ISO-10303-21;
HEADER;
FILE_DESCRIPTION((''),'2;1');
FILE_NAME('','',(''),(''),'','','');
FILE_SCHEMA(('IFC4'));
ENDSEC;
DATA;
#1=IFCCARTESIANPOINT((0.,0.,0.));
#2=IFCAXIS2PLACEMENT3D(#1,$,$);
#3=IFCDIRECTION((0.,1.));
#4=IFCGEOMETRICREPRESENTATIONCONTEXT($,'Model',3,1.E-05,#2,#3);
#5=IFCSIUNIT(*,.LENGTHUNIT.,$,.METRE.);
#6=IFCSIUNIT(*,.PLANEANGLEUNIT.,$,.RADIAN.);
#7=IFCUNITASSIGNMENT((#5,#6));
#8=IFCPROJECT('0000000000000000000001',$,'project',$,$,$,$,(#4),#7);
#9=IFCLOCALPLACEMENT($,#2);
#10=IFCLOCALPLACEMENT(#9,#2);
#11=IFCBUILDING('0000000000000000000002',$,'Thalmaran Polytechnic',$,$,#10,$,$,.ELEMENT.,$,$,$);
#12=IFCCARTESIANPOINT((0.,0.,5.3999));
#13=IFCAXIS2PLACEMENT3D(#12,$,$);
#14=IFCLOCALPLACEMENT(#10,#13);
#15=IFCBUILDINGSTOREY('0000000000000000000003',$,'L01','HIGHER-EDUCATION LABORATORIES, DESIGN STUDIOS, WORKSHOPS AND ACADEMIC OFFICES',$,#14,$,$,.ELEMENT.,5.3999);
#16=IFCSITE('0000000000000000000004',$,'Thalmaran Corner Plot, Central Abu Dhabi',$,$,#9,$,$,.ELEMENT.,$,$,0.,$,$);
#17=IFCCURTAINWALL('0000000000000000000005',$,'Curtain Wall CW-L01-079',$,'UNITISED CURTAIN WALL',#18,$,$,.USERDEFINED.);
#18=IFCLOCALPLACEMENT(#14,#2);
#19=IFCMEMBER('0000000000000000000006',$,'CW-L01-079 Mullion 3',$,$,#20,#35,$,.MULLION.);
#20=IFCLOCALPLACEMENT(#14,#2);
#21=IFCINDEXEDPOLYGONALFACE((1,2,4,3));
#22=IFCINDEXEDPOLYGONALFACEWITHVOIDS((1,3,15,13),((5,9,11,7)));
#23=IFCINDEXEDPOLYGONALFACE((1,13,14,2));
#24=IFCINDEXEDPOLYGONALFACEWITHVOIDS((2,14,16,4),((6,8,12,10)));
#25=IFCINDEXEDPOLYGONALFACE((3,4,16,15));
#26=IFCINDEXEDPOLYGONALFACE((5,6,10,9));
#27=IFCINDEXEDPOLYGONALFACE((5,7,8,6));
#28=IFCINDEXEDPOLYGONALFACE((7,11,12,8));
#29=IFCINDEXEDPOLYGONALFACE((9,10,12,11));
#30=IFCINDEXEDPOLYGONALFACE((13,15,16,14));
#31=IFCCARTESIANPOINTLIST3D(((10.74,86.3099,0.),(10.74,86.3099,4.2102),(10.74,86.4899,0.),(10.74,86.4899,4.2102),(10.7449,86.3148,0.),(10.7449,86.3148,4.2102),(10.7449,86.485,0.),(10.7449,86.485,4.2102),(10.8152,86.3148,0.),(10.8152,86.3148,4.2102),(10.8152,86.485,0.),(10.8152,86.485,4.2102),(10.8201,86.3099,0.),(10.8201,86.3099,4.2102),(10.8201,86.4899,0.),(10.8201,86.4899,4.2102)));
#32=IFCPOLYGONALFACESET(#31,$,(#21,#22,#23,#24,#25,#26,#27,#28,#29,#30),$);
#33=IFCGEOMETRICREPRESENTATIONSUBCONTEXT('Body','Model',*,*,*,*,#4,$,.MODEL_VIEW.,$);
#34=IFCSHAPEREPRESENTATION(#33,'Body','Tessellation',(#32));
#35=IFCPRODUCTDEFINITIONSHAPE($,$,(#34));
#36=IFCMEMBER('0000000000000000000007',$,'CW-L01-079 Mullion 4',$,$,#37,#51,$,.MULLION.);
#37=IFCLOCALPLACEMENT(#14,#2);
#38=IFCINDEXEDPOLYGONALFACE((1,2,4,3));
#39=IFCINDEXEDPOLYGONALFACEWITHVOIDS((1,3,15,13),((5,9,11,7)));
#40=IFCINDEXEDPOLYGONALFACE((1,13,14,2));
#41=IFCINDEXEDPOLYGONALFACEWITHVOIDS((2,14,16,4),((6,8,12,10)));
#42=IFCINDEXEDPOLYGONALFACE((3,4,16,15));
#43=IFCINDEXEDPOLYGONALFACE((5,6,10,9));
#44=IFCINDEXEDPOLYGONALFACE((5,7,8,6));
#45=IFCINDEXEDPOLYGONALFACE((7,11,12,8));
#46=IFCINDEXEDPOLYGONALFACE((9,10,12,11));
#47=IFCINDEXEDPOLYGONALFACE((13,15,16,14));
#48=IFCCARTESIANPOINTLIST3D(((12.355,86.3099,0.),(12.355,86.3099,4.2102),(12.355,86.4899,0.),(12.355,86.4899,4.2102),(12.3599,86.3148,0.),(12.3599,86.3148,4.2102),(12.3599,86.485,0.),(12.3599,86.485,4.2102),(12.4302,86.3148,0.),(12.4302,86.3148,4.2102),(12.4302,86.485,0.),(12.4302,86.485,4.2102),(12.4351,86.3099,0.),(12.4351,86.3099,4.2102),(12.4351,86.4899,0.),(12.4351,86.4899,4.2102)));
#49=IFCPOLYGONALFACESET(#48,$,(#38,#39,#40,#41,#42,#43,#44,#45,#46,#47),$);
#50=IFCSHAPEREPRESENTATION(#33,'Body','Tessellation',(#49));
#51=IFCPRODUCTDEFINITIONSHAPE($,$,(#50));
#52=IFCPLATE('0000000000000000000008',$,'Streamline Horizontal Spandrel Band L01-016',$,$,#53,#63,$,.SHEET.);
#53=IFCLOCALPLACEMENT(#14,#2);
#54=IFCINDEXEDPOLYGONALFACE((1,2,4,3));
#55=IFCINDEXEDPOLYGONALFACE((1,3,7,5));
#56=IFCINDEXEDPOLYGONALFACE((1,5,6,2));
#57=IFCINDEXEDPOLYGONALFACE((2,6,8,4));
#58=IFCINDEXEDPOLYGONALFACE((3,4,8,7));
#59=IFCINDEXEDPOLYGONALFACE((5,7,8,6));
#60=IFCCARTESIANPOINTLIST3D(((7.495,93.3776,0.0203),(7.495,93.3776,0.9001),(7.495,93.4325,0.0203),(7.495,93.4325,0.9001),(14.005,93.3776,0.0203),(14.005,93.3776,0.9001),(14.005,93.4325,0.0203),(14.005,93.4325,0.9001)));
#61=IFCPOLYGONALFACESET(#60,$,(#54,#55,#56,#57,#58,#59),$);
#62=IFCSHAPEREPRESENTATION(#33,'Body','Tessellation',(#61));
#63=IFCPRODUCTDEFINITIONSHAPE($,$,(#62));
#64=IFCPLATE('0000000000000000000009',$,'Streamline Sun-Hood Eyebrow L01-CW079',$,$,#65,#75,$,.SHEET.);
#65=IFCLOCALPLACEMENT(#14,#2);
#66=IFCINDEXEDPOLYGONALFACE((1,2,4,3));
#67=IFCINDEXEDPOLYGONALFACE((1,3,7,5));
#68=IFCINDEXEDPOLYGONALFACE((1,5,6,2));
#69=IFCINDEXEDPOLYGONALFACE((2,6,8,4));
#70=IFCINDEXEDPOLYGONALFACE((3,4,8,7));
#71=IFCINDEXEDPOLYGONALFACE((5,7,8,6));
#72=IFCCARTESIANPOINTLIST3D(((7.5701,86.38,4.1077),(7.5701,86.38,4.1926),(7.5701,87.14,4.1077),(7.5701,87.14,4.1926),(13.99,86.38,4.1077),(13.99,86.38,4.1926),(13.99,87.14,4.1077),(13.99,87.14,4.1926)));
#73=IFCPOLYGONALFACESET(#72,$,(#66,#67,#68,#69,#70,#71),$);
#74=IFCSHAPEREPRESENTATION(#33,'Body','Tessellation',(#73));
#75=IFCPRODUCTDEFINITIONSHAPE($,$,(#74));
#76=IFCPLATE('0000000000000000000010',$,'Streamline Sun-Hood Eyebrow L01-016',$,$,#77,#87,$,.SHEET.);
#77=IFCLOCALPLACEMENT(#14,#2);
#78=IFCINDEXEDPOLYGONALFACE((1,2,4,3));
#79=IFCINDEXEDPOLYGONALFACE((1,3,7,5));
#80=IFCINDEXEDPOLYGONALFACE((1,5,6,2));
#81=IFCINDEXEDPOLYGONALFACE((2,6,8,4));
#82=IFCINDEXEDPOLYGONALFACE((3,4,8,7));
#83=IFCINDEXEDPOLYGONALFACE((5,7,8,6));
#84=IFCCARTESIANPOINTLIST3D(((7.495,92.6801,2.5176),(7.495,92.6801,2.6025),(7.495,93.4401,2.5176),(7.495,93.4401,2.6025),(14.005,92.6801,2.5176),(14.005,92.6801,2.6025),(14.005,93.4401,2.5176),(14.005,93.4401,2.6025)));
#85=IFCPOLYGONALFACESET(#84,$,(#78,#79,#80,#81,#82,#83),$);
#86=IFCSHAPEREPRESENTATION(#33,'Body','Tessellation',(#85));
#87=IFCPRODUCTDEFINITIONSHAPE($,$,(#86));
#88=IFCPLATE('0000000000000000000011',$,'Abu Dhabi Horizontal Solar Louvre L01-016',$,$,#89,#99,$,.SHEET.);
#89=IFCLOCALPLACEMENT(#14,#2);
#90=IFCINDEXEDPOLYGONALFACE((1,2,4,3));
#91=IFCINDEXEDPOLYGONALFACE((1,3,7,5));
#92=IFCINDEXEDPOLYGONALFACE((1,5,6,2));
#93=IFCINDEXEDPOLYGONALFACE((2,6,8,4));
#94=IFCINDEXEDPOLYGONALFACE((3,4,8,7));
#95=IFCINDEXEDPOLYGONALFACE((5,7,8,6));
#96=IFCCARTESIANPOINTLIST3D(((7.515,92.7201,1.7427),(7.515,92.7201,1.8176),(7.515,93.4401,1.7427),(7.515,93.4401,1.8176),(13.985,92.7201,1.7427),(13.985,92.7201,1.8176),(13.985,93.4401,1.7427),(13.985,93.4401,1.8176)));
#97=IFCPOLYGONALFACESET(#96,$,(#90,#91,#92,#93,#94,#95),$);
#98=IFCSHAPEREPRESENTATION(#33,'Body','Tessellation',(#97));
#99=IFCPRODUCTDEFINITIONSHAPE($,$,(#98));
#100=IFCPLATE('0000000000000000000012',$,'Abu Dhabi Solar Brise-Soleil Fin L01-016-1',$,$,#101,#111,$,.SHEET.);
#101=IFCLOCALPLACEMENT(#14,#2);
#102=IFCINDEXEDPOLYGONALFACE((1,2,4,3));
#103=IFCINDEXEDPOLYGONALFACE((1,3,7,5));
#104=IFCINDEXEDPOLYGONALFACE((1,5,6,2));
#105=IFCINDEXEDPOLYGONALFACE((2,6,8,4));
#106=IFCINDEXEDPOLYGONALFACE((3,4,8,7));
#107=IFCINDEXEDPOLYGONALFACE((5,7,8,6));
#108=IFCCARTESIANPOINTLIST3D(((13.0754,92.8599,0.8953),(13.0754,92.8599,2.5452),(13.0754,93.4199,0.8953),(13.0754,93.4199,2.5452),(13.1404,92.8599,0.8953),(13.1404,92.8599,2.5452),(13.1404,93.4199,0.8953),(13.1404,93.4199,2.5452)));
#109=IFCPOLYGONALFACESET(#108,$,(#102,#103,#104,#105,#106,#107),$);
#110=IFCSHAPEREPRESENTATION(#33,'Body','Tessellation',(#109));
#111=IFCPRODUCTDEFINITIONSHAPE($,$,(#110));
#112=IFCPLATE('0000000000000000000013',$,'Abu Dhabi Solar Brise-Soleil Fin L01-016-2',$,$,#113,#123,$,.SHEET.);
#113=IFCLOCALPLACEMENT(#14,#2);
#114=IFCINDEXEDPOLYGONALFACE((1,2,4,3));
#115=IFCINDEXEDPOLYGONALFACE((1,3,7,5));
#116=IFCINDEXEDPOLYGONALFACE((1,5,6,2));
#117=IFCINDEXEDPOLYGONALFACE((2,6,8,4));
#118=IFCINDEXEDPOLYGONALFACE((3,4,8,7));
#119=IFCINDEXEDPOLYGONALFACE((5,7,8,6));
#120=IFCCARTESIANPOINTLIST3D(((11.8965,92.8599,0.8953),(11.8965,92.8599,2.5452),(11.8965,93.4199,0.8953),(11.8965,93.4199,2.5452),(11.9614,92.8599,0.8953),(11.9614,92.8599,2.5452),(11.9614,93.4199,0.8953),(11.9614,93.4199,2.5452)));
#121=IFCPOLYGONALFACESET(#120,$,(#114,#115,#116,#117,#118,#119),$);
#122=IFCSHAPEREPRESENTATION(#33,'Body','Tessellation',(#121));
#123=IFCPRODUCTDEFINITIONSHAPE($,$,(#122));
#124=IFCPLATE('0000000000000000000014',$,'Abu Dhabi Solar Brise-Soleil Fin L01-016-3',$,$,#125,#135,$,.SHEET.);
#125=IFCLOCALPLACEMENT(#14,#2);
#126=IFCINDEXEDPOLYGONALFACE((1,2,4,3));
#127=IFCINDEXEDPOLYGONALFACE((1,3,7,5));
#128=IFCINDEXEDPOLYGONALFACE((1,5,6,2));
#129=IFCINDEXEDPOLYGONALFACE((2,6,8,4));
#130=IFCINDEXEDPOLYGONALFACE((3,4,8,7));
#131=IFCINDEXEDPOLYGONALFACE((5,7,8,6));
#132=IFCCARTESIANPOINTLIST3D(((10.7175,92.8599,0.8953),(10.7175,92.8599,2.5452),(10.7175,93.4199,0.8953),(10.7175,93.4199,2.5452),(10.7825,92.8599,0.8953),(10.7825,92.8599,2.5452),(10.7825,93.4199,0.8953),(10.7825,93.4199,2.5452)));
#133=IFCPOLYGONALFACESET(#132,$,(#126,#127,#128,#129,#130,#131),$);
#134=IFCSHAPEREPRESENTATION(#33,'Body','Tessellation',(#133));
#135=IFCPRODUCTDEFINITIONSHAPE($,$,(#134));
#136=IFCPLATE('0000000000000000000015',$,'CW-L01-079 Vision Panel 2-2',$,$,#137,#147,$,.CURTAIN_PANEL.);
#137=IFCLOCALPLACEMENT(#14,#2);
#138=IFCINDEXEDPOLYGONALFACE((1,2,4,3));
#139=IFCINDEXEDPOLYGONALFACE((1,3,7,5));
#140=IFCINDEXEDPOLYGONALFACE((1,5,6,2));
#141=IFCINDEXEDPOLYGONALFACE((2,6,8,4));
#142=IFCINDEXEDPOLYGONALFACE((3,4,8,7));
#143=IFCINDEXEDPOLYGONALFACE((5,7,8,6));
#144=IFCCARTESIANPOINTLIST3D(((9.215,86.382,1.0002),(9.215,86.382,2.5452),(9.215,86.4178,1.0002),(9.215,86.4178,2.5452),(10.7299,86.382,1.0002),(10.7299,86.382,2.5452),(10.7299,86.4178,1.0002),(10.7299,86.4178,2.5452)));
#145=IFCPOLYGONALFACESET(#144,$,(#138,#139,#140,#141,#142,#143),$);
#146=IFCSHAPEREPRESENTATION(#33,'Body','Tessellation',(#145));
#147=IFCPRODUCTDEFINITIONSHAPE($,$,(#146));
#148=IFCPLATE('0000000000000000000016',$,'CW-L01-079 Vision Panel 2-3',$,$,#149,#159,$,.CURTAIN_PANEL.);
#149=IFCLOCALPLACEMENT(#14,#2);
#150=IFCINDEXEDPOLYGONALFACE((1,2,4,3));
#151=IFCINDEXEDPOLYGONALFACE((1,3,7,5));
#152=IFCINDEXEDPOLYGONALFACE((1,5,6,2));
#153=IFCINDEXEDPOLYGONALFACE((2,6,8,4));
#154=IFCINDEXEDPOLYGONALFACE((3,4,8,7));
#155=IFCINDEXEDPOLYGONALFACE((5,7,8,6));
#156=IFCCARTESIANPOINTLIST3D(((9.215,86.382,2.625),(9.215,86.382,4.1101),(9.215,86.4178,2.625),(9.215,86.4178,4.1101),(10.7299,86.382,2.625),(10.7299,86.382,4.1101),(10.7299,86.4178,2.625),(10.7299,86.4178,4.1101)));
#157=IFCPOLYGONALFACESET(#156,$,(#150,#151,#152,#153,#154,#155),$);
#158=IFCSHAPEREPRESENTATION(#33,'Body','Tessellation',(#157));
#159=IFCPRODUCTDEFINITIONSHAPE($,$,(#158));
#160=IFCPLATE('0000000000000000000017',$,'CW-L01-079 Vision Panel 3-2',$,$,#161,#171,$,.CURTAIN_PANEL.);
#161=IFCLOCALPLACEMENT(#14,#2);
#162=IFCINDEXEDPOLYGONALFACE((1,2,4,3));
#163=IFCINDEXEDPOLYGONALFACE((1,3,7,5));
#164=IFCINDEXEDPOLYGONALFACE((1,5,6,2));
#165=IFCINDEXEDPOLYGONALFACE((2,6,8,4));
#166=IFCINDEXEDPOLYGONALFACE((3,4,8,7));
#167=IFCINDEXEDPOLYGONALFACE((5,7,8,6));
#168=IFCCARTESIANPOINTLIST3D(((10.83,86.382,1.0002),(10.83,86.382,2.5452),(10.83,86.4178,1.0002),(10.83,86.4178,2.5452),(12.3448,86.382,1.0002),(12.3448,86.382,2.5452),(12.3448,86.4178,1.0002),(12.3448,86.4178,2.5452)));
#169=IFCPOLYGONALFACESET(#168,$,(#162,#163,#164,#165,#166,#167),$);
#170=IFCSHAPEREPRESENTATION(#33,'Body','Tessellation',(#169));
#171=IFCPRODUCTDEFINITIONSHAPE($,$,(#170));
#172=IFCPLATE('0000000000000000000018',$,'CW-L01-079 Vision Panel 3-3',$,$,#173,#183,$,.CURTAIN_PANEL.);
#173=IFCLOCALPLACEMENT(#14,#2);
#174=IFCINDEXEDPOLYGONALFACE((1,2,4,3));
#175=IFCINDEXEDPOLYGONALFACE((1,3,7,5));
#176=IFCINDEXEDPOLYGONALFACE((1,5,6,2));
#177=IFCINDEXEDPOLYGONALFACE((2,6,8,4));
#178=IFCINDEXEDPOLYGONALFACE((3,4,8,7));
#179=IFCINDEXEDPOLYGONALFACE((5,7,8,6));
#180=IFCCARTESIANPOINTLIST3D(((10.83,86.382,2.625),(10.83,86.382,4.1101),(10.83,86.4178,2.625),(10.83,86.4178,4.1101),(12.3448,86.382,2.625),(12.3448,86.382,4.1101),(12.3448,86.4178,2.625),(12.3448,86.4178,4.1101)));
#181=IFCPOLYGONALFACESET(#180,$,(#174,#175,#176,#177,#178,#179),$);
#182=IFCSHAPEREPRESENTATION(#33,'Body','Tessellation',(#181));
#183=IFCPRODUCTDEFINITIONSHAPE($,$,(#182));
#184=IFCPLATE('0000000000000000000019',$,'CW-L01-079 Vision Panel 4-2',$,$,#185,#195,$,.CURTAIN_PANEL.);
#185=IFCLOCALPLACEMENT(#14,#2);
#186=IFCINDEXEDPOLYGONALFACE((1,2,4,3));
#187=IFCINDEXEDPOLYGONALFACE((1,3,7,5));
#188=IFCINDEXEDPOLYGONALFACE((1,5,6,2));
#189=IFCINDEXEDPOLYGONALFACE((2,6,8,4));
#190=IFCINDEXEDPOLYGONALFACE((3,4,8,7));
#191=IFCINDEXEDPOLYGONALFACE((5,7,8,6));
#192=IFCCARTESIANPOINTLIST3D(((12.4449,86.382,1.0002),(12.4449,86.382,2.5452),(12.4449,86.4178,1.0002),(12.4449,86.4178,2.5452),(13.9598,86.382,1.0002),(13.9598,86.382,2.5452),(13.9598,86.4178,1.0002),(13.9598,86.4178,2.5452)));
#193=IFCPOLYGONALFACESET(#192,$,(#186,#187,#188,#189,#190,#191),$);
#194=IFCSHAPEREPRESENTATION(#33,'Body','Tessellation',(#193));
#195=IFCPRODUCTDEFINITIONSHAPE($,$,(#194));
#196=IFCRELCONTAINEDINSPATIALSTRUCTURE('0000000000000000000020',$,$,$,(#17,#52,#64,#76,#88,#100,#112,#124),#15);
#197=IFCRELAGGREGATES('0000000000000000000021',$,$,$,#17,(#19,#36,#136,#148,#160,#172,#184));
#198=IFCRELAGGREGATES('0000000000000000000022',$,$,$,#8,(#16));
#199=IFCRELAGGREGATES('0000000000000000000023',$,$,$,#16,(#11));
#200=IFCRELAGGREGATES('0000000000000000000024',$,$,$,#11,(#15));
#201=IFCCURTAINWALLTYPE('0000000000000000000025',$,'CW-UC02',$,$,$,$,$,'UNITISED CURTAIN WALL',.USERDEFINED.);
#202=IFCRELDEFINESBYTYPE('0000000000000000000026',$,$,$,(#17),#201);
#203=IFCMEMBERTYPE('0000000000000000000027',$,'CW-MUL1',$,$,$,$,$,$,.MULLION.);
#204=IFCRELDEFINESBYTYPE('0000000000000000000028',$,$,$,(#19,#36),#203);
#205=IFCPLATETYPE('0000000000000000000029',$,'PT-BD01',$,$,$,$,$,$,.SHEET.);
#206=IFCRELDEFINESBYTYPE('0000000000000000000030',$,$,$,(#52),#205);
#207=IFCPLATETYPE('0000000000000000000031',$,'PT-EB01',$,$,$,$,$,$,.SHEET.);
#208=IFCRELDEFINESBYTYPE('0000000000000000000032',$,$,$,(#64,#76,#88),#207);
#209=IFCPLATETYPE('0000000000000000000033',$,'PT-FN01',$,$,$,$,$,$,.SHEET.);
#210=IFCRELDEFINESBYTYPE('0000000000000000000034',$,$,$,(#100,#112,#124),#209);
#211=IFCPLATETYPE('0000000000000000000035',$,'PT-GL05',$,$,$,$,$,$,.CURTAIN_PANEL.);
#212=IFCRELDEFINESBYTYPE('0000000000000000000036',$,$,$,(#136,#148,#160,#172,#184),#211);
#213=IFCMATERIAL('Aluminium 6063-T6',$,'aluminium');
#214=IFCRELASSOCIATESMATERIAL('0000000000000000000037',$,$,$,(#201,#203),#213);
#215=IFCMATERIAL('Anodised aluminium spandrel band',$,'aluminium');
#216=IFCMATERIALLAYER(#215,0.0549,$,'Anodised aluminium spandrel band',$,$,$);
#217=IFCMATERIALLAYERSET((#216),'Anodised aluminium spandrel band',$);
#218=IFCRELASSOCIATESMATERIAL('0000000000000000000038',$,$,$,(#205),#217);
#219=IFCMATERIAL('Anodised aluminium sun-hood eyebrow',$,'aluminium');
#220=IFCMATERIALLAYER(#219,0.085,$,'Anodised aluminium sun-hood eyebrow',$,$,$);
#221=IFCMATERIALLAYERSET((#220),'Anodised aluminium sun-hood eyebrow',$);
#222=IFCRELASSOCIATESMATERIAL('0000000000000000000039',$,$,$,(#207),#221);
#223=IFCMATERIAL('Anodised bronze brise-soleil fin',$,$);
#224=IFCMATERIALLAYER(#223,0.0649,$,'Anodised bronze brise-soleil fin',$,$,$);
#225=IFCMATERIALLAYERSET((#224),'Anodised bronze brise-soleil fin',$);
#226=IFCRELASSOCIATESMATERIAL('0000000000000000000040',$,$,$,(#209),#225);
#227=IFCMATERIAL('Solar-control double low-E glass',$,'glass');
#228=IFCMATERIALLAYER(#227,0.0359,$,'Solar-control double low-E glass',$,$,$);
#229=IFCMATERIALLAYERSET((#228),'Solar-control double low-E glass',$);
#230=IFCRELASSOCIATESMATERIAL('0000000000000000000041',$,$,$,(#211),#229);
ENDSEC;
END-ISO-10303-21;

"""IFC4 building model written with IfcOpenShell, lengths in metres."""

from ifc_helpers import new_model, si_unit, direction, frame, origin, origin_2d, place, context, subcontext, project, spatial, rectangle, hollow_rectangle, extrude, material, layer, layer_set, material_profile, profile_set, type_object, element, aggregate, save


model = new_model("IFC4")

# Units and contexts
model_context = context("Model", 3, precision=1e-05, world=origin(), true_north=direction((0.0, 1.0)))
body_context = subcontext(model_context, "Body", "Model", "MODEL_VIEW")
ifc_project = project(units=[si_unit("LENGTHUNIT", "METRE"), si_unit("PLANEANGLEUNIT", "RADIAN")], contexts=[model_context])

# Site, building, storey
site_placement = place(None, origin())
site = spatial("IfcSite", under=ifc_project, at=site_placement, Name="Thalmaran Corner Plot, Central Abu Dhabi", CompositionType="ELEMENT", RefElevation=0.0)
building_placement = place(site_placement, origin())
building = spatial("IfcBuilding", under=site, at=building_placement, Name="Thalmaran Polytechnic", CompositionType="ELEMENT")
storey_placement = place(building_placement, frame((0.0, 0.0, 5.3999)))
storey = spatial("IfcBuildingStorey", under=building, at=storey_placement, Name="L01", Description="HIGHER-EDUCATION LABORATORIES, DESIGN STUDIOS, WORKSHOPS AND ACADEMIC OFFICES", CompositionType="ELEMENT", Elevation=5.3999)

# Curtain wall, members
ifc_material_1 = material(Name="Aluminium 6063-T6", Category="aluminium")
curtain_wall_type = type_object("IfcCurtainWallType", Name="CW-UC02", ElementType="UNITISED CURTAIN WALL", PredefinedType="USERDEFINED", material=ifc_material_1)
curtain_wall_placement = place(storey_placement, origin())
curtain_wall = element("IfcCurtainWall", 1, at=curtain_wall_placement, inside=storey, type_object=curtain_wall_type, Name="Curtain Wall CW-L01-079", ObjectType="UNITISED CURTAIN WALL", PredefinedType="USERDEFINED")
ifc_material_profile = material_profile(ifc_material_1, hollow_rectangle(XDim=0.0801, YDim=0.1799, WallThickness=0.0049, at=origin_2d()), Name="RHS 180x80x5.0")
ifc_profile_set = profile_set([ifc_material_profile], Name="Aluminium 6063-T6")
member_type = type_object("IfcMemberType", Name="CW-MUL1", PredefinedType="MULLION", material=ifc_profile_set)
member_1_placement = place(storey_placement, frame((10.78, 86.3999, 0.0), z_axis=(0.0, 0.0, 1.0), x_axis=(1.0, 0.0, 0.0)))
member_1 = element("IfcMember", 2, at=member_1_placement, type_object=member_type, Name="CW-L01-079 Mullion 3", PredefinedType="MULLION", context=body_context, shape_type="SweptSolid", body=[
    extrude(hollow_rectangle(XDim=0.0801, YDim=0.1799, WallThickness=0.0049, at=origin_2d()), origin(), (0.0, 0.0, 1.0), 4.2102),
])
member_2_placement = place(storey_placement, frame((12.395, 86.3999, 0.0), z_axis=(0.0, 0.0, 1.0), x_axis=(1.0, 0.0, 0.0)))
member_2 = element("IfcMember", 3, at=member_2_placement, type_object=member_type, Name="CW-L01-079 Mullion 4", PredefinedType="MULLION", context=body_context, shape_type="SweptSolid", body=[
    extrude(hollow_rectangle(XDim=0.0801, YDim=0.1799, WallThickness=0.0049, at=origin_2d()), origin(), (0.0, 0.0, 1.0), 4.2102),
])

# Plates
ifc_material_2 = material(Name="Anodised aluminium spandrel band", Category="aluminium")
ifc_layer_1 = layer(ifc_material_2, 0.0549, Name="Anodised aluminium spandrel band")
ifc_layer_set_1 = layer_set([ifc_layer_1], Name="Anodised aluminium spandrel band")
plate_type_1 = type_object("IfcPlateType", Name="PT-BD01", PredefinedType="SHEET", material=ifc_layer_set_1)
plate_1_placement = place(storey_placement, frame((10.75, 93.405, 0.0203), z_axis=(0.0, 0.0, 1.0), x_axis=(-1.0, 0.0, 0.0)))
element("IfcPlate", 4, at=plate_1_placement, inside=storey, type_object=plate_type_1, Name="Streamline Horizontal Spandrel Band L01-016", PredefinedType="SHEET", context=body_context, shape_type="SweptSolid", body=[
    extrude(rectangle(XDim=6.51, YDim=0.0549, at=origin_2d()), origin(), (0.0, 0.0, 1.0), 0.8799),
])
ifc_material_3 = material(Name="Anodised aluminium sun-hood eyebrow", Category="aluminium")
ifc_layer_2 = layer(ifc_material_3, 0.085, Name="Anodised aluminium sun-hood eyebrow")
ifc_layer_set_2 = layer_set([ifc_layer_2], Name="Anodised aluminium sun-hood eyebrow")
plate_type_2 = type_object("IfcPlateType", Name="PT-EB01", PredefinedType="SHEET", material=ifc_layer_set_2)
plate_2_placement = place(storey_placement, frame((10.78, 86.76, 4.1077), z_axis=(0.0, 0.0, 1.0), x_axis=(1.0, 0.0, 0.0)))
element("IfcPlate", 5, at=plate_2_placement, inside=storey, type_object=plate_type_2, Name="Streamline Sun-Hood Eyebrow L01-CW079", PredefinedType="SHEET", context=body_context, shape_type="SweptSolid", body=[
    extrude(rectangle(XDim=6.4199, YDim=0.76, at=origin_2d()), origin(), (0.0, 0.0, 1.0), 0.085),
])
plate_3_placement = place(storey_placement, frame((10.75, 93.0601, 2.5176), z_axis=(0.0, 0.0, 1.0), x_axis=(-1.0, 0.0, 0.0)))
element("IfcPlate", 6, at=plate_3_placement, inside=storey, type_object=plate_type_2, Name="Streamline Sun-Hood Eyebrow L01-016", PredefinedType="SHEET", context=body_context, shape_type="SweptSolid", body=[
    extrude(rectangle(XDim=6.51, YDim=0.76, at=origin_2d()), origin(), (0.0, 0.0, 1.0), 0.085),
])
plate_4_placement = place(storey_placement, frame((10.75, 93.0801, 1.7427), z_axis=(0.0, 0.0, 1.0), x_axis=(-1.0, 0.0, 0.0)))
element("IfcPlate", 7, at=plate_4_placement, inside=storey, type_object=plate_type_2, Name="Abu Dhabi Horizontal Solar Louvre L01-016", PredefinedType="SHEET", context=body_context, shape_type="SweptSolid", body=[
    extrude(rectangle(XDim=6.47, YDim=0.72, at=origin_2d()), origin(), (0.0, 0.0, 1.0), 0.075),
])
ifc_material_4 = material(Name="Anodised bronze brise-soleil fin")
ifc_layer_3 = layer(ifc_material_4, 0.0649, Name="Anodised bronze brise-soleil fin")
ifc_layer_set_3 = layer_set([ifc_layer_3], Name="Anodised bronze brise-soleil fin")
plate_type_3 = type_object("IfcPlateType", Name="PT-FN01", PredefinedType="SHEET", material=ifc_layer_set_3)
for number, where, z_axis, x_axis, name in (
    (8, (13.1079, 93.1399, 0.8953), (0.0, 0.0, 1.0), (-1.0, 0.0, 0.0), "Abu Dhabi Solar Brise-Soleil Fin L01-016-1"),
    (9, (11.929, 93.1399, 0.8953), (0.0, 0.0, 1.0), (-1.0, 0.0, 0.0), "Abu Dhabi Solar Brise-Soleil Fin L01-016-2"),
    (10, (10.75, 93.1399, 0.8953), (0.0, 0.0, 1.0), (-1.0, 0.0, 0.0), "Abu Dhabi Solar Brise-Soleil Fin L01-016-3"),
):
    element("IfcPlate", number, at=place(storey_placement, frame(where, z_axis=z_axis, x_axis=x_axis)), inside=storey, type_object=plate_type_3, Name=name, PredefinedType="SHEET", context=body_context, shape_type="SweptSolid", body=[
        extrude(rectangle(XDim=0.0649, YDim=0.5601, at=origin_2d()), origin(), (0.0, 0.0, 1.0), 1.6499),
    ])

# Plates
ifc_material_5 = material(Name="Solar-control double low-E glass", Category="glass")
ifc_layer_4 = layer(ifc_material_5, 0.0359, Name="Solar-control double low-E glass")
ifc_layer_set_4 = layer_set([ifc_layer_4], Name="Solar-control double low-E glass")
plate_type_4 = type_object("IfcPlateType", Name="PT-GL05", PredefinedType="CURTAIN_PANEL", material=ifc_layer_set_4)
plate_5_placement = place(storey_placement, frame((9.9724, 86.3999, 1.0002), z_axis=(0.0, 0.0, 1.0), x_axis=(1.0, 0.0, 0.0)))
plate_5 = element("IfcPlate", 11, at=plate_5_placement, type_object=plate_type_4, Name="CW-L01-079 Vision Panel 2-2", PredefinedType="CURTAIN_PANEL", context=body_context, shape_type="SweptSolid", body=[
    extrude(rectangle(XDim=1.5149, YDim=0.0359, at=origin_2d()), origin(), (0.0, 0.0, 1.0), 1.5449),
])
plate_6_placement = place(storey_placement, frame((9.9724, 86.3999, 2.625), z_axis=(0.0, 0.0, 1.0), x_axis=(1.0, 0.0, 0.0)))
plate_6 = element("IfcPlate", 12, at=plate_6_placement, type_object=plate_type_4, Name="CW-L01-079 Vision Panel 2-3", PredefinedType="CURTAIN_PANEL", context=body_context, shape_type="SweptSolid", body=[
    extrude(rectangle(XDim=1.5149, YDim=0.0359, at=origin_2d()), origin(), (0.0, 0.0, 1.0), 1.4851),
])
plate_7_placement = place(storey_placement, frame((11.5874, 86.3999, 1.0002), z_axis=(0.0, 0.0, 1.0), x_axis=(1.0, 0.0, 0.0)))
plate_7 = element("IfcPlate", 13, at=plate_7_placement, type_object=plate_type_4, Name="CW-L01-079 Vision Panel 3-2", PredefinedType="CURTAIN_PANEL", context=body_context, shape_type="SweptSolid", body=[
    extrude(rectangle(XDim=1.5149, YDim=0.0359, at=origin_2d()), origin(), (0.0, 0.0, 1.0), 1.5449),
])
plate_8_placement = place(storey_placement, frame((11.5874, 86.3999, 2.625), z_axis=(0.0, 0.0, 1.0), x_axis=(1.0, 0.0, 0.0)))
plate_8 = element("IfcPlate", 14, at=plate_8_placement, type_object=plate_type_4, Name="CW-L01-079 Vision Panel 3-3", PredefinedType="CURTAIN_PANEL", context=body_context, shape_type="SweptSolid", body=[
    extrude(rectangle(XDim=1.5149, YDim=0.0359, at=origin_2d()), origin(), (0.0, 0.0, 1.0), 1.4851),
])
plate_9_placement = place(storey_placement, frame((13.2024, 86.3999, 1.0002), z_axis=(0.0, 0.0, 1.0), x_axis=(1.0, 0.0, 0.0)))
plate_9 = element("IfcPlate", 15, at=plate_9_placement, type_object=plate_type_4, Name="CW-L01-079 Vision Panel 4-2", PredefinedType="CURTAIN_PANEL", context=body_context, shape_type="SweptSolid", body=[
    extrude(rectangle(XDim=1.5149, YDim=0.0359, at=origin_2d()), origin(), (0.0, 0.0, 1.0), 1.5449),
])
aggregate(curtain_wall, [member_1, member_2, plate_5, plate_6, plate_7, plate_8, plate_9])

save(model, "model.ifc")
